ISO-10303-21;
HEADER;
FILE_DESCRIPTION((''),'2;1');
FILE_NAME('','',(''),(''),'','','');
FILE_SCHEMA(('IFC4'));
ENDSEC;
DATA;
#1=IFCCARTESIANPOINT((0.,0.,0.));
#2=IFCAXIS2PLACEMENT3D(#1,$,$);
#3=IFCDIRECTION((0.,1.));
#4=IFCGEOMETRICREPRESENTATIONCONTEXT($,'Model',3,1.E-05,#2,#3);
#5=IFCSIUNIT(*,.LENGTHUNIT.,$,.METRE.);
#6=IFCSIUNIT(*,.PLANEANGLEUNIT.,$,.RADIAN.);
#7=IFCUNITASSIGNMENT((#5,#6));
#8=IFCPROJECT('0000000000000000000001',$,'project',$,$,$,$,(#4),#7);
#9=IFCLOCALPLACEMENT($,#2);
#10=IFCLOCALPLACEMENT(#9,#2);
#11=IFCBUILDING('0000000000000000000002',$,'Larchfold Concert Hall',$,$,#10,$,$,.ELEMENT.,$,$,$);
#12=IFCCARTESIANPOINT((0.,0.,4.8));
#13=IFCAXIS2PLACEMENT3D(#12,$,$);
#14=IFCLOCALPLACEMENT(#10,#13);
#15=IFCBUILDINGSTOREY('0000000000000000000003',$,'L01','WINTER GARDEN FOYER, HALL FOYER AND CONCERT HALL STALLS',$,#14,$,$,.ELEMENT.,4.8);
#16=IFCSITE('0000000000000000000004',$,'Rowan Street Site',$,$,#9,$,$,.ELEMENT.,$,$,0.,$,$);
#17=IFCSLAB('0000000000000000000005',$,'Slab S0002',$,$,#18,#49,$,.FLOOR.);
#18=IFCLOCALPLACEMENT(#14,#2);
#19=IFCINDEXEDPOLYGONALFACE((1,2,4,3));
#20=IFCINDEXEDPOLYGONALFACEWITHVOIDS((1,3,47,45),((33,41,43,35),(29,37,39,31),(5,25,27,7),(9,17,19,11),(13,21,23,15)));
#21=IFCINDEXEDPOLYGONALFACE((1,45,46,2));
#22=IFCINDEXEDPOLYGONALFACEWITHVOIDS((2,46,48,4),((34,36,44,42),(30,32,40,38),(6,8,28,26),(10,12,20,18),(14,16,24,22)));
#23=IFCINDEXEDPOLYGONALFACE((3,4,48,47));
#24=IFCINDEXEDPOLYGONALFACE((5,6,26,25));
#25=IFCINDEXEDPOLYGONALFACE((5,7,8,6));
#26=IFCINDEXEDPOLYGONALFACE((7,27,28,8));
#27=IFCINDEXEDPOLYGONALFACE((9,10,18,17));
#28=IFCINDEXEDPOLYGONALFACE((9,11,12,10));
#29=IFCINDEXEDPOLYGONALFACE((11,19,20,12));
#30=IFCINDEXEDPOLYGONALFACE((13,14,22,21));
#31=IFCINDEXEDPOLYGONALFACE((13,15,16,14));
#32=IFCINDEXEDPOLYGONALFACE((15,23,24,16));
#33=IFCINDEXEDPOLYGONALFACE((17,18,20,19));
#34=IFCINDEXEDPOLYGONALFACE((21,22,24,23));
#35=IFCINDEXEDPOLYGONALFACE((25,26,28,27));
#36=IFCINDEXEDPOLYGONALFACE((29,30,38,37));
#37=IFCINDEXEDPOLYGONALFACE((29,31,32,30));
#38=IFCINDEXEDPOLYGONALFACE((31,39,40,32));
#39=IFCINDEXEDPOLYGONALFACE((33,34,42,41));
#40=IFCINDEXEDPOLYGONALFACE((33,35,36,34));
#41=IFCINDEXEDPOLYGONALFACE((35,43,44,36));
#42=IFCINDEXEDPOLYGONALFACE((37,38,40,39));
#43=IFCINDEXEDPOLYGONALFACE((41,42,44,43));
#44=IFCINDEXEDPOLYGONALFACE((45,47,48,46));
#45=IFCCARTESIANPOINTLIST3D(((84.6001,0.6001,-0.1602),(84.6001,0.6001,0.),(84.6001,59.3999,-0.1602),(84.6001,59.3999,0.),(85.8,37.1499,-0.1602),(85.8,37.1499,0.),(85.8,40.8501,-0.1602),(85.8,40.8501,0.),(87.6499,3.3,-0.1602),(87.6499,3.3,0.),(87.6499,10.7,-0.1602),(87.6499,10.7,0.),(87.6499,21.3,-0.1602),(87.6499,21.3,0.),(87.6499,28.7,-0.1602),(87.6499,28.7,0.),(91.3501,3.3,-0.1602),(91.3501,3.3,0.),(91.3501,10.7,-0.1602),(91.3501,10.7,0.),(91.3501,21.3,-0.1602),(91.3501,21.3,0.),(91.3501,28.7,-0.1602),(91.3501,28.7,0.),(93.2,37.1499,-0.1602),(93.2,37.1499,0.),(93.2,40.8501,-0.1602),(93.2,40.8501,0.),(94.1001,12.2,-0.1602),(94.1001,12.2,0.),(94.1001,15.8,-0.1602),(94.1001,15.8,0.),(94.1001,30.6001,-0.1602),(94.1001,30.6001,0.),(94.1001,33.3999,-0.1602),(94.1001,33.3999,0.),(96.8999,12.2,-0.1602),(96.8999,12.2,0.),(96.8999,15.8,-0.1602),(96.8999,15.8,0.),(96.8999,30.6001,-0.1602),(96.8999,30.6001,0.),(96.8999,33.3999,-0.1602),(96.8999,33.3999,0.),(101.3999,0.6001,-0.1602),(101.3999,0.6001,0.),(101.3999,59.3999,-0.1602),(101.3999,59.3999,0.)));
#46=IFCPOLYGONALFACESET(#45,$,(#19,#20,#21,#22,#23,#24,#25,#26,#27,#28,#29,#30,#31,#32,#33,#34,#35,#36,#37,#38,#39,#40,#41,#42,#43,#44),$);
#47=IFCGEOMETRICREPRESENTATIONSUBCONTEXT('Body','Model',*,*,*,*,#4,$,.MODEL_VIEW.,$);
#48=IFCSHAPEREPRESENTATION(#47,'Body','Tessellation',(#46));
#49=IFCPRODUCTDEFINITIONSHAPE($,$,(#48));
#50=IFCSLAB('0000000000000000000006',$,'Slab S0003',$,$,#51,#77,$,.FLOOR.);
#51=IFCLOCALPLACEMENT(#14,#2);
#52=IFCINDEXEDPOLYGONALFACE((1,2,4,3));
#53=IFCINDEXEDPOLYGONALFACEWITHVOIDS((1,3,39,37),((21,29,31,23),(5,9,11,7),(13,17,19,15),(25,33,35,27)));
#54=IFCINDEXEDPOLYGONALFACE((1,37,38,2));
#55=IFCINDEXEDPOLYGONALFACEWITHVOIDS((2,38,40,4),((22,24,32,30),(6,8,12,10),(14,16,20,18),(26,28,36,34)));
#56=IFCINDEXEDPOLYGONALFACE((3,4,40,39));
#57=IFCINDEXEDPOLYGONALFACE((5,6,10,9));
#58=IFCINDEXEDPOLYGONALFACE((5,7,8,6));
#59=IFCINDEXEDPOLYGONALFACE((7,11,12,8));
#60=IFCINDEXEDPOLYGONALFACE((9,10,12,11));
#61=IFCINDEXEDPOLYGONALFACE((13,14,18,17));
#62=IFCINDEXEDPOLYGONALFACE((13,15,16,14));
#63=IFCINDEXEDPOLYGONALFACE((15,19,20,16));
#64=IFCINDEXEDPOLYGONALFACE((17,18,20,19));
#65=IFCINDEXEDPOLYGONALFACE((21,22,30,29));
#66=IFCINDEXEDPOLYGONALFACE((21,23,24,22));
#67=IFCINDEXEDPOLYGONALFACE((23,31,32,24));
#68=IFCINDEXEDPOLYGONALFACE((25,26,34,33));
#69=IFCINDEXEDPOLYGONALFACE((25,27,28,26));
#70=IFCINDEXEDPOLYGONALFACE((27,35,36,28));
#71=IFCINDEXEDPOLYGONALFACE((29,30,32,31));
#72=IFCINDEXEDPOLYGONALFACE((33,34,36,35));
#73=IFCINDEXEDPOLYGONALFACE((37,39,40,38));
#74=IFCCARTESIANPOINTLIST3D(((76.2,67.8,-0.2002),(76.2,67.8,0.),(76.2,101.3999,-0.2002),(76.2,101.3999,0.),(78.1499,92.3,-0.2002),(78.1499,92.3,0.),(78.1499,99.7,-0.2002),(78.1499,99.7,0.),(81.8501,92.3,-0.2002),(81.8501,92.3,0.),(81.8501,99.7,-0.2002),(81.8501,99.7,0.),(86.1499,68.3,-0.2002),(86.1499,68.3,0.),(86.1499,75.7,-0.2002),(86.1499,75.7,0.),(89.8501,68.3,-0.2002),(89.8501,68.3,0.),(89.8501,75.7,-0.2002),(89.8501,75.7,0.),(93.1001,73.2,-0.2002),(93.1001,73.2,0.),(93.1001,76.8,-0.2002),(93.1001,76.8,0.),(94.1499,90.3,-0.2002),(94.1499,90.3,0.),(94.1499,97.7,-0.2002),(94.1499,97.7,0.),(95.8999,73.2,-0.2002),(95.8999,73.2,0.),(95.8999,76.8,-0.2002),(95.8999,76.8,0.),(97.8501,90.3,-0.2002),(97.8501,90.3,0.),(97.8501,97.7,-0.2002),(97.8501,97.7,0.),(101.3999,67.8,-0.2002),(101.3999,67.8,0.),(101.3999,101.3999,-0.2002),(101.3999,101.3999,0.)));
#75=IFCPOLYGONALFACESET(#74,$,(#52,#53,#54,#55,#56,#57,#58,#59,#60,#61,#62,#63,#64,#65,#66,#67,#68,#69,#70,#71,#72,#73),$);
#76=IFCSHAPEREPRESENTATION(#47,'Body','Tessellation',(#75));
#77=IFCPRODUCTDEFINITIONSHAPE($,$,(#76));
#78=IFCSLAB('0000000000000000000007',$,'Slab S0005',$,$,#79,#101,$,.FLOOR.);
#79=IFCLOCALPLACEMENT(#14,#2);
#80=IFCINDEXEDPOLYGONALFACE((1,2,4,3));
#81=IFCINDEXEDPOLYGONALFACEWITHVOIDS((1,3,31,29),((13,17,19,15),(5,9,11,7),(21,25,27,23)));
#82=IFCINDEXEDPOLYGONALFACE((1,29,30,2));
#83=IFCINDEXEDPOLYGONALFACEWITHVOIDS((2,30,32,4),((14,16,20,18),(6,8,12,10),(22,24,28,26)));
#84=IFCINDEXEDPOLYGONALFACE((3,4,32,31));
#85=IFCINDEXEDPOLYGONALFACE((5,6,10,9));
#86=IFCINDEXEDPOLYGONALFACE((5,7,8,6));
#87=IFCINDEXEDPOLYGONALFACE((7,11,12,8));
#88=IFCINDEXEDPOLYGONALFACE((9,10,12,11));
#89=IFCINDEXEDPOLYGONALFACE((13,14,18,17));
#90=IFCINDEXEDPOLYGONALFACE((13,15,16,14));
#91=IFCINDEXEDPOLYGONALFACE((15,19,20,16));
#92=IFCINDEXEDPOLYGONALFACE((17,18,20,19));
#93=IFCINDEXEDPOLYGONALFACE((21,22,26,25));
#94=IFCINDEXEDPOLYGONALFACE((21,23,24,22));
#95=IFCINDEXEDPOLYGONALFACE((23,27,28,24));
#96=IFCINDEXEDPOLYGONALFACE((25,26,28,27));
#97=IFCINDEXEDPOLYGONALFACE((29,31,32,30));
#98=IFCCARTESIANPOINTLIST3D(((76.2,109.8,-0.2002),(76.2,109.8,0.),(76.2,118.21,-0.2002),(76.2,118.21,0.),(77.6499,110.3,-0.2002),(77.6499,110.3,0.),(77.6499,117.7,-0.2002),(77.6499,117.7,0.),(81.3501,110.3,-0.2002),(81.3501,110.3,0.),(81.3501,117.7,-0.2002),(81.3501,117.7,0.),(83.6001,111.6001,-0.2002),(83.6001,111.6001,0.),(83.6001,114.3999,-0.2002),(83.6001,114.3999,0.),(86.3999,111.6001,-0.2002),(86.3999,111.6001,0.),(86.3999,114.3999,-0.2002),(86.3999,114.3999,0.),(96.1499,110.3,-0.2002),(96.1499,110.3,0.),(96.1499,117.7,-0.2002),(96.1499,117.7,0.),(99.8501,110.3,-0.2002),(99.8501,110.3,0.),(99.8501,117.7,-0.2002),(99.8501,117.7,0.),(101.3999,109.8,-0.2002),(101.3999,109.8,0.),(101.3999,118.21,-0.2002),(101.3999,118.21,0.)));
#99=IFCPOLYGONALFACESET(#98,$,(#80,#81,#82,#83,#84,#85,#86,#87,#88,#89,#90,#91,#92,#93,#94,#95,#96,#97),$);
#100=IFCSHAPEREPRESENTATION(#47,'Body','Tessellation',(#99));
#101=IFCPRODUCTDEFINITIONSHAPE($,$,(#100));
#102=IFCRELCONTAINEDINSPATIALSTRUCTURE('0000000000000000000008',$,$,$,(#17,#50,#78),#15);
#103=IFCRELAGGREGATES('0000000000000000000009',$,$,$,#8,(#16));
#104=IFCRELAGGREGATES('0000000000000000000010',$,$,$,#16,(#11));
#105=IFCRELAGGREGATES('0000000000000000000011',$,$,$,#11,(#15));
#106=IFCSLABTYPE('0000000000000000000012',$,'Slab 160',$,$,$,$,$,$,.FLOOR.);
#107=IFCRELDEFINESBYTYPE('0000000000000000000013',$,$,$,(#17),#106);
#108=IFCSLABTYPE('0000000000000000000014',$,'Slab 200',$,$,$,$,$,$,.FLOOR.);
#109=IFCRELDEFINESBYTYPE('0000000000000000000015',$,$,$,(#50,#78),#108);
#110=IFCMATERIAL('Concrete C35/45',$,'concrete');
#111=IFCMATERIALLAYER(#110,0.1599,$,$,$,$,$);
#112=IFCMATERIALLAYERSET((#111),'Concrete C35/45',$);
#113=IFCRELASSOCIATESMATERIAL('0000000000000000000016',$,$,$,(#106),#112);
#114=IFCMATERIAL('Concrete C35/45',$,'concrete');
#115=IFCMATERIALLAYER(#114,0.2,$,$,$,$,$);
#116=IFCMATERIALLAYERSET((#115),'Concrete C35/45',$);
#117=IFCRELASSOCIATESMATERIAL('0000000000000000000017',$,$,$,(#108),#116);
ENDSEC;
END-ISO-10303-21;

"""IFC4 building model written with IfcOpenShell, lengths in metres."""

from ifc_helpers import new_model, si_unit, direction, frame, origin, place, context, subcontext, project, spatial, polyline, outline, extrude, material, layer, layer_set, type_object, element, save


model = new_model("IFC4")

# Units and contexts
model_context = context("Model", 3, precision=1e-05, world=origin(), true_north=direction((0.0, 1.0)))
body_context = subcontext(model_context, "Body", "Model", "MODEL_VIEW")
ifc_project = project(units=[si_unit("LENGTHUNIT", "METRE"), si_unit("PLANEANGLEUNIT", "RADIAN")], contexts=[model_context])

# Site, building, storey
site_placement = place(None, origin())
site = spatial("IfcSite", under=ifc_project, at=site_placement, Name="Rowan Street Site", CompositionType="ELEMENT", RefElevation=0.0)
building_placement = place(site_placement, origin())
building = spatial("IfcBuilding", under=site, at=building_placement, Name="Larchfold Concert Hall", CompositionType="ELEMENT")
storey_placement = place(building_placement, frame((0.0, 0.0, 4.8)))
storey = spatial("IfcBuildingStorey", under=building, at=storey_placement, Name="L01", Description="WINTER GARDEN FOYER, HALL FOYER AND CONCERT HALL STALLS", CompositionType="ELEMENT", Elevation=4.8)

# Slabs
ifc_material_1 = material(Name="Concrete C35/45", Category="concrete")
ifc_layer_1 = layer(ifc_material_1, 0.1599)
ifc_layer_set_1 = layer_set([ifc_layer_1], Name="Concrete C35/45")
slab_type_1 = type_object("IfcSlabType", Name="Slab 160", PredefinedType="FLOOR", material=ifc_layer_set_1)
slab_1_placement = place(storey_placement, frame((0.0, 0.0, -0.1602)))
element("IfcSlab", 1, at=slab_1_placement, inside=storey, type_object=slab_type_1, Name="Slab S0002", PredefinedType="FLOOR", context=body_context, shape_type="SweptSolid", body=[
    extrude(outline(polyline([(84.6001, 0.6001), (101.3999, 0.6001), (101.3999, 59.3999), (84.6001, 59.3999), (84.6001, 0.6001)]), holes=[polyline([(87.6499, 3.3), (87.6499, 10.7), (91.3501, 10.7), (91.3501, 3.3), (87.6499, 3.3)]), polyline([(94.1001, 12.2), (94.1001, 15.8), (96.8999, 15.8), (96.8999, 12.2), (94.1001, 12.2)]), polyline([(87.6499, 21.3), (87.6499, 28.7), (91.3501, 28.7), (91.3501, 21.3), (87.6499, 21.3)]), polyline([(94.1001, 33.3999), (96.8999, 33.3999), (96.8999, 30.6001), (94.1001, 30.6001), (94.1001, 33.3999)]), polyline([(85.8, 40.8501), (93.2, 40.8501), (93.2, 37.1499), (85.8, 37.1499), (85.8, 40.8501)])]), origin(), (0.0, 0.0, 1.0), 0.1602),
])
ifc_material_2 = material(Name="Concrete C35/45", Category="concrete")
ifc_layer_2 = layer(ifc_material_2, 0.2)
ifc_layer_set_2 = layer_set([ifc_layer_2], Name="Concrete C35/45")
slab_type_2 = type_object("IfcSlabType", Name="Slab 200", PredefinedType="FLOOR", material=ifc_layer_set_2)
slab_2_placement = place(storey_placement, frame((0.0, 0.0, -0.2002)))
element("IfcSlab", 2, at=slab_2_placement, inside=storey, type_object=slab_type_2, Name="Slab S0003", PredefinedType="FLOOR", context=body_context, shape_type="SweptSolid", body=[
    extrude(outline(polyline([(76.2, 67.8), (101.3999, 67.8), (101.3999, 101.3999), (76.2, 101.3999), (76.2, 67.8)]), holes=[polyline([(86.1499, 68.3), (86.1499, 75.7), (89.8501, 75.7), (89.8501, 68.3), (86.1499, 68.3)]), polyline([(93.1001, 73.2), (93.1001, 76.8), (95.8999, 76.8), (95.8999, 73.2), (93.1001, 73.2)]), polyline([(94.1499, 90.3), (94.1499, 97.7), (97.8501, 97.7), (97.8501, 90.3), (94.1499, 90.3)]), polyline([(78.1499, 92.3), (78.1499, 99.7), (81.8501, 99.7), (81.8501, 92.3), (78.1499, 92.3)])]), origin(), (0.0, 0.0, 1.0), 0.2002),
])
slab_3_placement = place(storey_placement, frame((0.0, 0.0, -0.2002)))
element("IfcSlab", 3, at=slab_3_placement, inside=storey, type_object=slab_type_2, Name="Slab S0005", PredefinedType="FLOOR", context=body_context, shape_type="SweptSolid", body=[
    extrude(outline(polyline([(76.2, 118.21), (76.2, 109.8), (101.3999, 109.8), (101.3999, 118.21), (76.2, 118.21)]), holes=[polyline([(86.3999, 114.3999), (86.3999, 111.6001), (83.6001, 111.6001), (83.6001, 114.3999), (86.3999, 114.3999)]), polyline([(81.3501, 110.3), (77.6499, 110.3), (77.6499, 117.7), (81.3501, 117.7), (81.3501, 110.3)]), polyline([(99.8501, 110.3), (96.1499, 110.3), (96.1499, 117.7), (99.8501, 117.7), (99.8501, 110.3)])]), origin(), (0.0, 0.0, 1.0), 0.2002),
])

save(model, "model.ifc")
